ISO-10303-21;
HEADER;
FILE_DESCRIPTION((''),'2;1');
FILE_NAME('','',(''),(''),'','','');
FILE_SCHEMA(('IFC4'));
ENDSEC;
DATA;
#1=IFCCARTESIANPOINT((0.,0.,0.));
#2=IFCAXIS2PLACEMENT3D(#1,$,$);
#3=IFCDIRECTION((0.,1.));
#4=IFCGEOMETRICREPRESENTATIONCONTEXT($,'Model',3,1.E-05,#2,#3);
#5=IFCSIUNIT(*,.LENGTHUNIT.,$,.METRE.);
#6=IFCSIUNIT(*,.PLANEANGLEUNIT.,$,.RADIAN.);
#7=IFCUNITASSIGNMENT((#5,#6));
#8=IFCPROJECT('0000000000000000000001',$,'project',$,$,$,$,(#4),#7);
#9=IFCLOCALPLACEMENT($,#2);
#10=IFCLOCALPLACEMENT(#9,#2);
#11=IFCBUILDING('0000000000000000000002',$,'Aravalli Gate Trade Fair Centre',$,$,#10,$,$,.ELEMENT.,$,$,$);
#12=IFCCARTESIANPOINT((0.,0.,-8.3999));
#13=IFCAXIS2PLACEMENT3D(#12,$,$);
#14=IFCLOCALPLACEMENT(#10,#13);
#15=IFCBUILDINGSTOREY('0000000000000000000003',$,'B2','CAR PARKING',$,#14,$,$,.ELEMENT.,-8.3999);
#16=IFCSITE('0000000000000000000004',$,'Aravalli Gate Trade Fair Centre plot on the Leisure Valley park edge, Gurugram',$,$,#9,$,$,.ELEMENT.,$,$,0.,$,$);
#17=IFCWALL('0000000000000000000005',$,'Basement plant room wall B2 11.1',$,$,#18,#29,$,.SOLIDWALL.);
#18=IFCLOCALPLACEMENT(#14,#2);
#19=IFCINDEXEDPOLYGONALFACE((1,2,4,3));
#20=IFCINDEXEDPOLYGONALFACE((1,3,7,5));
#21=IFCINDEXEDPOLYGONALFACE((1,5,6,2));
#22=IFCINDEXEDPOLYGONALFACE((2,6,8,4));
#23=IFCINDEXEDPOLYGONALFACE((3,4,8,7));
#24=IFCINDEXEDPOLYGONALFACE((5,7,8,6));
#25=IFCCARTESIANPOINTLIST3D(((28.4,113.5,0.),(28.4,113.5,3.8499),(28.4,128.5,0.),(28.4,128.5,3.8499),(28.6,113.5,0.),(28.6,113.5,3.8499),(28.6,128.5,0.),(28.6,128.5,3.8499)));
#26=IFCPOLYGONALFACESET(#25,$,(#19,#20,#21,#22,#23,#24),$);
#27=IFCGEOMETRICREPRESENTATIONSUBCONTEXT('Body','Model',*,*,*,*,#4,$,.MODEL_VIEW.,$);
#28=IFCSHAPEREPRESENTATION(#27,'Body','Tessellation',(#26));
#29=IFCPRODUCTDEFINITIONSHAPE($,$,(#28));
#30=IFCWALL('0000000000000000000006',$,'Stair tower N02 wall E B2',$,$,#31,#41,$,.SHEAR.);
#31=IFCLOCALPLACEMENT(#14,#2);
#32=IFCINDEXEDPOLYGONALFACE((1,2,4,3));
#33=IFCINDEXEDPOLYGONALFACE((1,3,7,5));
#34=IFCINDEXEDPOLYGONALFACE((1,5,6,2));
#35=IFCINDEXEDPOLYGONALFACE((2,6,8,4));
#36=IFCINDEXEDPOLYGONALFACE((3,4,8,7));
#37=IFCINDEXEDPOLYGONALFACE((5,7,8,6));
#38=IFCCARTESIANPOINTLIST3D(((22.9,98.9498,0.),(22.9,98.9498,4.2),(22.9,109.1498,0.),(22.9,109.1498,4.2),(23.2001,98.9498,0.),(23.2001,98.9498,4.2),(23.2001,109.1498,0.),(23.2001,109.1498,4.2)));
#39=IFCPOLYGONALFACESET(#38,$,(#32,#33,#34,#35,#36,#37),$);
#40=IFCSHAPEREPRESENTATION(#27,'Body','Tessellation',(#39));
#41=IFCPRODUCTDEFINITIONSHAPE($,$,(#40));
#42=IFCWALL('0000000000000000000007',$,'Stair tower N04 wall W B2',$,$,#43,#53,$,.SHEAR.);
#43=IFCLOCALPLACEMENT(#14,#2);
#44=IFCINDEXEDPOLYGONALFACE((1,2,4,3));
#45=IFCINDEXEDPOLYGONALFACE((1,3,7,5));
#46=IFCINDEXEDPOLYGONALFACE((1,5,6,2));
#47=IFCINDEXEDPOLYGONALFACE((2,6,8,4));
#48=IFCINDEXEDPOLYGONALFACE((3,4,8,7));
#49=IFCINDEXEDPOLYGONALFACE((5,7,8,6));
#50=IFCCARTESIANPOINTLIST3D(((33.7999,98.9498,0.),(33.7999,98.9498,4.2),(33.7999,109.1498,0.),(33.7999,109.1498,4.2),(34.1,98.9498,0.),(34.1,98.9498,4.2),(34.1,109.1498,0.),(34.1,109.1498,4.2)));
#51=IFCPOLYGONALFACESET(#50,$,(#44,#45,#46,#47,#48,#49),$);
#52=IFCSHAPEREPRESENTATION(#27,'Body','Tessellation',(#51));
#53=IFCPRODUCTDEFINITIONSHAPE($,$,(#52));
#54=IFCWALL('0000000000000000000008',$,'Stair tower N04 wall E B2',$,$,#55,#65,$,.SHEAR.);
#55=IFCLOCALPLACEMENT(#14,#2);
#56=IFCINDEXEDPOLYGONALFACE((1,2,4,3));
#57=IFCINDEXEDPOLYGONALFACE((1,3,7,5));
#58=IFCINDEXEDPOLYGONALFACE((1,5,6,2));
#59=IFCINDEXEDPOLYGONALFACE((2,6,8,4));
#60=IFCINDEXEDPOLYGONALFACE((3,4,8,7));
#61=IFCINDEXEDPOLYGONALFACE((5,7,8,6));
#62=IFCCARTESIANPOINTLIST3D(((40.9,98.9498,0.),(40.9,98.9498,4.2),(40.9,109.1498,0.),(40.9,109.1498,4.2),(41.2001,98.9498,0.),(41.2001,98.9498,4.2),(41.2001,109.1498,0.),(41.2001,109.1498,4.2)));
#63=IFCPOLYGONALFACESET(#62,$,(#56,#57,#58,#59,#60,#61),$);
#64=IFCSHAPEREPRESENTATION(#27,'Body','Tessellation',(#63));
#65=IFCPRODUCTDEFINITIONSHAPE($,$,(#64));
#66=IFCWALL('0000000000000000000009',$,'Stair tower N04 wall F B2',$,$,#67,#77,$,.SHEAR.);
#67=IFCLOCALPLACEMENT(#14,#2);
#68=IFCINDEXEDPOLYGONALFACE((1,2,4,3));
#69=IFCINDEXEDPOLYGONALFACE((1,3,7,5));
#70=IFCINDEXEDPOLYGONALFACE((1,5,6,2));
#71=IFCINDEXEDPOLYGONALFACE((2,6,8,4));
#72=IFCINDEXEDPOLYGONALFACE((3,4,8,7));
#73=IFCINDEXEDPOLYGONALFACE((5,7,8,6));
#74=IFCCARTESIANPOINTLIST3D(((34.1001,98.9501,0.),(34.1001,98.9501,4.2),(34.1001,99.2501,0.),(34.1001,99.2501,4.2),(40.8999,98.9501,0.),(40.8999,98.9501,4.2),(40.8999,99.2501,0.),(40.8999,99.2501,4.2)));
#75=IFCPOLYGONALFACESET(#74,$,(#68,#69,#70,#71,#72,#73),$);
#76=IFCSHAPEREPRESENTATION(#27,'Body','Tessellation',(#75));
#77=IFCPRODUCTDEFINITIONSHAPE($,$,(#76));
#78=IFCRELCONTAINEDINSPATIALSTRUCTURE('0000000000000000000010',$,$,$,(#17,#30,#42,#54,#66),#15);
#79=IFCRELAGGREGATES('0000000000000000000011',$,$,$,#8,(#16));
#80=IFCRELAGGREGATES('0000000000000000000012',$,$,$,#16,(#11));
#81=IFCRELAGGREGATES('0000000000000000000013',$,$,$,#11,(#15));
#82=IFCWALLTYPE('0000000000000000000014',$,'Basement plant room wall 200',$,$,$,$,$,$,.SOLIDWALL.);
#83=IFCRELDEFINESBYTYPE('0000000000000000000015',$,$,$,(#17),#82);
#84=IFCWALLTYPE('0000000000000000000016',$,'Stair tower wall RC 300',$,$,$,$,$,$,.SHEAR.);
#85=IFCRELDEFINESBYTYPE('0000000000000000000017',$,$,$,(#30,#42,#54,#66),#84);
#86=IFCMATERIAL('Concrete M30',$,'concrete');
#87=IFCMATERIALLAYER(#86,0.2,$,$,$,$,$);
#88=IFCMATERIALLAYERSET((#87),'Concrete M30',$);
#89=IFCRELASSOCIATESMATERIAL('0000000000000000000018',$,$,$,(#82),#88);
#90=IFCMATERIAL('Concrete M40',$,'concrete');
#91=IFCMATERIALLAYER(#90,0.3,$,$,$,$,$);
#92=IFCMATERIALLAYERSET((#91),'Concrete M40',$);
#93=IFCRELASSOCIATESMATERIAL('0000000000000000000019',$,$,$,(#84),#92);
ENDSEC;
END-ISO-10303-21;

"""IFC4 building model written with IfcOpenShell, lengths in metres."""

from ifc_helpers import new_model, si_unit, direction, frame, frame_2d, origin, place, context, subcontext, project, spatial, rectangle, extrude, material, layer, layer_set, type_object, element, save


model = new_model("IFC4")

# Units and contexts
model_context = context("Model", 3, precision=1e-05, world=origin(), true_north=direction((0.0, 1.0)))
body_context = subcontext(model_context, "Body", "Model", "MODEL_VIEW")
ifc_project = project(units=[si_unit("LENGTHUNIT", "METRE"), si_unit("PLANEANGLEUNIT", "RADIAN")], contexts=[model_context])

# Site, building, storey
site_placement = place(None, origin())
site = spatial("IfcSite", under=ifc_project, at=site_placement, Name="Aravalli Gate Trade Fair Centre plot on the Leisure Valley park edge, Gurugram", CompositionType="ELEMENT", RefElevation=0.0)
building_placement = place(site_placement, origin())
building = spatial("IfcBuilding", under=site, at=building_placement, Name="Aravalli Gate Trade Fair Centre", CompositionType="ELEMENT")
storey_placement = place(building_placement, frame((0.0, 0.0, -8.3999)))
storey = spatial("IfcBuildingStorey", under=building, at=storey_placement, Name="B2", Description="CAR PARKING", CompositionType="ELEMENT", Elevation=-8.3999)

# Walls
ifc_material_1 = material(Name="Concrete M30", Category="concrete")
ifc_layer_1 = layer(ifc_material_1, 0.2)
ifc_layer_set_1 = layer_set([ifc_layer_1], Name="Concrete M30")
wall_type_1 = type_object("IfcWallType", Name="Basement plant room wall 200", PredefinedType="SOLIDWALL", material=ifc_layer_set_1)
wall_1_placement = place(storey_placement, frame((28.5, 113.5, 0.0), z_axis=(0.0, 0.0, 1.0), x_axis=(0.0, 1.0, 0.0)))
element("IfcWall", 1, at=wall_1_placement, inside=storey, type_object=wall_type_1, Name="Basement plant room wall B2 11.1", PredefinedType="SOLIDWALL", context=body_context, shape_type="SweptSolid", body=[
    extrude(rectangle(XDim=15.0, YDim=0.2, at=frame_2d((7.5, 0.0))), origin(), (0.0, 0.0, 1.0), 3.8499),
])
ifc_material_2 = material(Name="Concrete M40", Category="concrete")
ifc_layer_2 = layer(ifc_material_2, 0.3)
ifc_layer_set_2 = layer_set([ifc_layer_2], Name="Concrete M40")
wall_type_2 = type_object("IfcWallType", Name="Stair tower wall RC 300", PredefinedType="SHEAR", material=ifc_layer_set_2)
for number, where, z_axis, x_axis, name in (
    (2, (23.05, 109.1499, 0.0), (0.0, 0.0, 1.0), (0.0, -1.0, 0.0), "Stair tower N02 wall E B2"),
    (3, (33.95, 109.1499, 0.0), (0.0, 0.0, 1.0), (0.0, -1.0, 0.0), "Stair tower N04 wall W B2"),
    (4, (41.05, 109.1499, 0.0), (0.0, 0.0, 1.0), (0.0, -1.0, 0.0), "Stair tower N04 wall E B2"),
):
    element("IfcWall", number, at=place(storey_placement, frame(where, z_axis=z_axis, x_axis=x_axis)), inside=storey, type_object=wall_type_2, Name=name, PredefinedType="SHEAR", context=body_context, shape_type="SweptSolid", body=[
        extrude(rectangle(XDim=10.2, YDim=0.3, at=frame_2d((5.1001, 0.0))), origin(), (0.0, 0.0, 1.0), 4.2),
    ])
wall_2_placement = place(storey_placement, frame((34.1001, 99.1001, 0.0), z_axis=(0.0, 0.0, 1.0), x_axis=(1.0, 0.0, 0.0)))
element("IfcWall", 5, at=wall_2_placement, inside=storey, type_object=wall_type_2, Name="Stair tower N04 wall F B2", PredefinedType="SHEAR", context=body_context, shape_type="SweptSolid", body=[
    extrude(rectangle(XDim=6.7998, YDim=0.3, at=frame_2d((3.3999, 0.0))), origin(), (0.0, 0.0, 1.0), 4.2),
])

save(model, "model.ifc")
